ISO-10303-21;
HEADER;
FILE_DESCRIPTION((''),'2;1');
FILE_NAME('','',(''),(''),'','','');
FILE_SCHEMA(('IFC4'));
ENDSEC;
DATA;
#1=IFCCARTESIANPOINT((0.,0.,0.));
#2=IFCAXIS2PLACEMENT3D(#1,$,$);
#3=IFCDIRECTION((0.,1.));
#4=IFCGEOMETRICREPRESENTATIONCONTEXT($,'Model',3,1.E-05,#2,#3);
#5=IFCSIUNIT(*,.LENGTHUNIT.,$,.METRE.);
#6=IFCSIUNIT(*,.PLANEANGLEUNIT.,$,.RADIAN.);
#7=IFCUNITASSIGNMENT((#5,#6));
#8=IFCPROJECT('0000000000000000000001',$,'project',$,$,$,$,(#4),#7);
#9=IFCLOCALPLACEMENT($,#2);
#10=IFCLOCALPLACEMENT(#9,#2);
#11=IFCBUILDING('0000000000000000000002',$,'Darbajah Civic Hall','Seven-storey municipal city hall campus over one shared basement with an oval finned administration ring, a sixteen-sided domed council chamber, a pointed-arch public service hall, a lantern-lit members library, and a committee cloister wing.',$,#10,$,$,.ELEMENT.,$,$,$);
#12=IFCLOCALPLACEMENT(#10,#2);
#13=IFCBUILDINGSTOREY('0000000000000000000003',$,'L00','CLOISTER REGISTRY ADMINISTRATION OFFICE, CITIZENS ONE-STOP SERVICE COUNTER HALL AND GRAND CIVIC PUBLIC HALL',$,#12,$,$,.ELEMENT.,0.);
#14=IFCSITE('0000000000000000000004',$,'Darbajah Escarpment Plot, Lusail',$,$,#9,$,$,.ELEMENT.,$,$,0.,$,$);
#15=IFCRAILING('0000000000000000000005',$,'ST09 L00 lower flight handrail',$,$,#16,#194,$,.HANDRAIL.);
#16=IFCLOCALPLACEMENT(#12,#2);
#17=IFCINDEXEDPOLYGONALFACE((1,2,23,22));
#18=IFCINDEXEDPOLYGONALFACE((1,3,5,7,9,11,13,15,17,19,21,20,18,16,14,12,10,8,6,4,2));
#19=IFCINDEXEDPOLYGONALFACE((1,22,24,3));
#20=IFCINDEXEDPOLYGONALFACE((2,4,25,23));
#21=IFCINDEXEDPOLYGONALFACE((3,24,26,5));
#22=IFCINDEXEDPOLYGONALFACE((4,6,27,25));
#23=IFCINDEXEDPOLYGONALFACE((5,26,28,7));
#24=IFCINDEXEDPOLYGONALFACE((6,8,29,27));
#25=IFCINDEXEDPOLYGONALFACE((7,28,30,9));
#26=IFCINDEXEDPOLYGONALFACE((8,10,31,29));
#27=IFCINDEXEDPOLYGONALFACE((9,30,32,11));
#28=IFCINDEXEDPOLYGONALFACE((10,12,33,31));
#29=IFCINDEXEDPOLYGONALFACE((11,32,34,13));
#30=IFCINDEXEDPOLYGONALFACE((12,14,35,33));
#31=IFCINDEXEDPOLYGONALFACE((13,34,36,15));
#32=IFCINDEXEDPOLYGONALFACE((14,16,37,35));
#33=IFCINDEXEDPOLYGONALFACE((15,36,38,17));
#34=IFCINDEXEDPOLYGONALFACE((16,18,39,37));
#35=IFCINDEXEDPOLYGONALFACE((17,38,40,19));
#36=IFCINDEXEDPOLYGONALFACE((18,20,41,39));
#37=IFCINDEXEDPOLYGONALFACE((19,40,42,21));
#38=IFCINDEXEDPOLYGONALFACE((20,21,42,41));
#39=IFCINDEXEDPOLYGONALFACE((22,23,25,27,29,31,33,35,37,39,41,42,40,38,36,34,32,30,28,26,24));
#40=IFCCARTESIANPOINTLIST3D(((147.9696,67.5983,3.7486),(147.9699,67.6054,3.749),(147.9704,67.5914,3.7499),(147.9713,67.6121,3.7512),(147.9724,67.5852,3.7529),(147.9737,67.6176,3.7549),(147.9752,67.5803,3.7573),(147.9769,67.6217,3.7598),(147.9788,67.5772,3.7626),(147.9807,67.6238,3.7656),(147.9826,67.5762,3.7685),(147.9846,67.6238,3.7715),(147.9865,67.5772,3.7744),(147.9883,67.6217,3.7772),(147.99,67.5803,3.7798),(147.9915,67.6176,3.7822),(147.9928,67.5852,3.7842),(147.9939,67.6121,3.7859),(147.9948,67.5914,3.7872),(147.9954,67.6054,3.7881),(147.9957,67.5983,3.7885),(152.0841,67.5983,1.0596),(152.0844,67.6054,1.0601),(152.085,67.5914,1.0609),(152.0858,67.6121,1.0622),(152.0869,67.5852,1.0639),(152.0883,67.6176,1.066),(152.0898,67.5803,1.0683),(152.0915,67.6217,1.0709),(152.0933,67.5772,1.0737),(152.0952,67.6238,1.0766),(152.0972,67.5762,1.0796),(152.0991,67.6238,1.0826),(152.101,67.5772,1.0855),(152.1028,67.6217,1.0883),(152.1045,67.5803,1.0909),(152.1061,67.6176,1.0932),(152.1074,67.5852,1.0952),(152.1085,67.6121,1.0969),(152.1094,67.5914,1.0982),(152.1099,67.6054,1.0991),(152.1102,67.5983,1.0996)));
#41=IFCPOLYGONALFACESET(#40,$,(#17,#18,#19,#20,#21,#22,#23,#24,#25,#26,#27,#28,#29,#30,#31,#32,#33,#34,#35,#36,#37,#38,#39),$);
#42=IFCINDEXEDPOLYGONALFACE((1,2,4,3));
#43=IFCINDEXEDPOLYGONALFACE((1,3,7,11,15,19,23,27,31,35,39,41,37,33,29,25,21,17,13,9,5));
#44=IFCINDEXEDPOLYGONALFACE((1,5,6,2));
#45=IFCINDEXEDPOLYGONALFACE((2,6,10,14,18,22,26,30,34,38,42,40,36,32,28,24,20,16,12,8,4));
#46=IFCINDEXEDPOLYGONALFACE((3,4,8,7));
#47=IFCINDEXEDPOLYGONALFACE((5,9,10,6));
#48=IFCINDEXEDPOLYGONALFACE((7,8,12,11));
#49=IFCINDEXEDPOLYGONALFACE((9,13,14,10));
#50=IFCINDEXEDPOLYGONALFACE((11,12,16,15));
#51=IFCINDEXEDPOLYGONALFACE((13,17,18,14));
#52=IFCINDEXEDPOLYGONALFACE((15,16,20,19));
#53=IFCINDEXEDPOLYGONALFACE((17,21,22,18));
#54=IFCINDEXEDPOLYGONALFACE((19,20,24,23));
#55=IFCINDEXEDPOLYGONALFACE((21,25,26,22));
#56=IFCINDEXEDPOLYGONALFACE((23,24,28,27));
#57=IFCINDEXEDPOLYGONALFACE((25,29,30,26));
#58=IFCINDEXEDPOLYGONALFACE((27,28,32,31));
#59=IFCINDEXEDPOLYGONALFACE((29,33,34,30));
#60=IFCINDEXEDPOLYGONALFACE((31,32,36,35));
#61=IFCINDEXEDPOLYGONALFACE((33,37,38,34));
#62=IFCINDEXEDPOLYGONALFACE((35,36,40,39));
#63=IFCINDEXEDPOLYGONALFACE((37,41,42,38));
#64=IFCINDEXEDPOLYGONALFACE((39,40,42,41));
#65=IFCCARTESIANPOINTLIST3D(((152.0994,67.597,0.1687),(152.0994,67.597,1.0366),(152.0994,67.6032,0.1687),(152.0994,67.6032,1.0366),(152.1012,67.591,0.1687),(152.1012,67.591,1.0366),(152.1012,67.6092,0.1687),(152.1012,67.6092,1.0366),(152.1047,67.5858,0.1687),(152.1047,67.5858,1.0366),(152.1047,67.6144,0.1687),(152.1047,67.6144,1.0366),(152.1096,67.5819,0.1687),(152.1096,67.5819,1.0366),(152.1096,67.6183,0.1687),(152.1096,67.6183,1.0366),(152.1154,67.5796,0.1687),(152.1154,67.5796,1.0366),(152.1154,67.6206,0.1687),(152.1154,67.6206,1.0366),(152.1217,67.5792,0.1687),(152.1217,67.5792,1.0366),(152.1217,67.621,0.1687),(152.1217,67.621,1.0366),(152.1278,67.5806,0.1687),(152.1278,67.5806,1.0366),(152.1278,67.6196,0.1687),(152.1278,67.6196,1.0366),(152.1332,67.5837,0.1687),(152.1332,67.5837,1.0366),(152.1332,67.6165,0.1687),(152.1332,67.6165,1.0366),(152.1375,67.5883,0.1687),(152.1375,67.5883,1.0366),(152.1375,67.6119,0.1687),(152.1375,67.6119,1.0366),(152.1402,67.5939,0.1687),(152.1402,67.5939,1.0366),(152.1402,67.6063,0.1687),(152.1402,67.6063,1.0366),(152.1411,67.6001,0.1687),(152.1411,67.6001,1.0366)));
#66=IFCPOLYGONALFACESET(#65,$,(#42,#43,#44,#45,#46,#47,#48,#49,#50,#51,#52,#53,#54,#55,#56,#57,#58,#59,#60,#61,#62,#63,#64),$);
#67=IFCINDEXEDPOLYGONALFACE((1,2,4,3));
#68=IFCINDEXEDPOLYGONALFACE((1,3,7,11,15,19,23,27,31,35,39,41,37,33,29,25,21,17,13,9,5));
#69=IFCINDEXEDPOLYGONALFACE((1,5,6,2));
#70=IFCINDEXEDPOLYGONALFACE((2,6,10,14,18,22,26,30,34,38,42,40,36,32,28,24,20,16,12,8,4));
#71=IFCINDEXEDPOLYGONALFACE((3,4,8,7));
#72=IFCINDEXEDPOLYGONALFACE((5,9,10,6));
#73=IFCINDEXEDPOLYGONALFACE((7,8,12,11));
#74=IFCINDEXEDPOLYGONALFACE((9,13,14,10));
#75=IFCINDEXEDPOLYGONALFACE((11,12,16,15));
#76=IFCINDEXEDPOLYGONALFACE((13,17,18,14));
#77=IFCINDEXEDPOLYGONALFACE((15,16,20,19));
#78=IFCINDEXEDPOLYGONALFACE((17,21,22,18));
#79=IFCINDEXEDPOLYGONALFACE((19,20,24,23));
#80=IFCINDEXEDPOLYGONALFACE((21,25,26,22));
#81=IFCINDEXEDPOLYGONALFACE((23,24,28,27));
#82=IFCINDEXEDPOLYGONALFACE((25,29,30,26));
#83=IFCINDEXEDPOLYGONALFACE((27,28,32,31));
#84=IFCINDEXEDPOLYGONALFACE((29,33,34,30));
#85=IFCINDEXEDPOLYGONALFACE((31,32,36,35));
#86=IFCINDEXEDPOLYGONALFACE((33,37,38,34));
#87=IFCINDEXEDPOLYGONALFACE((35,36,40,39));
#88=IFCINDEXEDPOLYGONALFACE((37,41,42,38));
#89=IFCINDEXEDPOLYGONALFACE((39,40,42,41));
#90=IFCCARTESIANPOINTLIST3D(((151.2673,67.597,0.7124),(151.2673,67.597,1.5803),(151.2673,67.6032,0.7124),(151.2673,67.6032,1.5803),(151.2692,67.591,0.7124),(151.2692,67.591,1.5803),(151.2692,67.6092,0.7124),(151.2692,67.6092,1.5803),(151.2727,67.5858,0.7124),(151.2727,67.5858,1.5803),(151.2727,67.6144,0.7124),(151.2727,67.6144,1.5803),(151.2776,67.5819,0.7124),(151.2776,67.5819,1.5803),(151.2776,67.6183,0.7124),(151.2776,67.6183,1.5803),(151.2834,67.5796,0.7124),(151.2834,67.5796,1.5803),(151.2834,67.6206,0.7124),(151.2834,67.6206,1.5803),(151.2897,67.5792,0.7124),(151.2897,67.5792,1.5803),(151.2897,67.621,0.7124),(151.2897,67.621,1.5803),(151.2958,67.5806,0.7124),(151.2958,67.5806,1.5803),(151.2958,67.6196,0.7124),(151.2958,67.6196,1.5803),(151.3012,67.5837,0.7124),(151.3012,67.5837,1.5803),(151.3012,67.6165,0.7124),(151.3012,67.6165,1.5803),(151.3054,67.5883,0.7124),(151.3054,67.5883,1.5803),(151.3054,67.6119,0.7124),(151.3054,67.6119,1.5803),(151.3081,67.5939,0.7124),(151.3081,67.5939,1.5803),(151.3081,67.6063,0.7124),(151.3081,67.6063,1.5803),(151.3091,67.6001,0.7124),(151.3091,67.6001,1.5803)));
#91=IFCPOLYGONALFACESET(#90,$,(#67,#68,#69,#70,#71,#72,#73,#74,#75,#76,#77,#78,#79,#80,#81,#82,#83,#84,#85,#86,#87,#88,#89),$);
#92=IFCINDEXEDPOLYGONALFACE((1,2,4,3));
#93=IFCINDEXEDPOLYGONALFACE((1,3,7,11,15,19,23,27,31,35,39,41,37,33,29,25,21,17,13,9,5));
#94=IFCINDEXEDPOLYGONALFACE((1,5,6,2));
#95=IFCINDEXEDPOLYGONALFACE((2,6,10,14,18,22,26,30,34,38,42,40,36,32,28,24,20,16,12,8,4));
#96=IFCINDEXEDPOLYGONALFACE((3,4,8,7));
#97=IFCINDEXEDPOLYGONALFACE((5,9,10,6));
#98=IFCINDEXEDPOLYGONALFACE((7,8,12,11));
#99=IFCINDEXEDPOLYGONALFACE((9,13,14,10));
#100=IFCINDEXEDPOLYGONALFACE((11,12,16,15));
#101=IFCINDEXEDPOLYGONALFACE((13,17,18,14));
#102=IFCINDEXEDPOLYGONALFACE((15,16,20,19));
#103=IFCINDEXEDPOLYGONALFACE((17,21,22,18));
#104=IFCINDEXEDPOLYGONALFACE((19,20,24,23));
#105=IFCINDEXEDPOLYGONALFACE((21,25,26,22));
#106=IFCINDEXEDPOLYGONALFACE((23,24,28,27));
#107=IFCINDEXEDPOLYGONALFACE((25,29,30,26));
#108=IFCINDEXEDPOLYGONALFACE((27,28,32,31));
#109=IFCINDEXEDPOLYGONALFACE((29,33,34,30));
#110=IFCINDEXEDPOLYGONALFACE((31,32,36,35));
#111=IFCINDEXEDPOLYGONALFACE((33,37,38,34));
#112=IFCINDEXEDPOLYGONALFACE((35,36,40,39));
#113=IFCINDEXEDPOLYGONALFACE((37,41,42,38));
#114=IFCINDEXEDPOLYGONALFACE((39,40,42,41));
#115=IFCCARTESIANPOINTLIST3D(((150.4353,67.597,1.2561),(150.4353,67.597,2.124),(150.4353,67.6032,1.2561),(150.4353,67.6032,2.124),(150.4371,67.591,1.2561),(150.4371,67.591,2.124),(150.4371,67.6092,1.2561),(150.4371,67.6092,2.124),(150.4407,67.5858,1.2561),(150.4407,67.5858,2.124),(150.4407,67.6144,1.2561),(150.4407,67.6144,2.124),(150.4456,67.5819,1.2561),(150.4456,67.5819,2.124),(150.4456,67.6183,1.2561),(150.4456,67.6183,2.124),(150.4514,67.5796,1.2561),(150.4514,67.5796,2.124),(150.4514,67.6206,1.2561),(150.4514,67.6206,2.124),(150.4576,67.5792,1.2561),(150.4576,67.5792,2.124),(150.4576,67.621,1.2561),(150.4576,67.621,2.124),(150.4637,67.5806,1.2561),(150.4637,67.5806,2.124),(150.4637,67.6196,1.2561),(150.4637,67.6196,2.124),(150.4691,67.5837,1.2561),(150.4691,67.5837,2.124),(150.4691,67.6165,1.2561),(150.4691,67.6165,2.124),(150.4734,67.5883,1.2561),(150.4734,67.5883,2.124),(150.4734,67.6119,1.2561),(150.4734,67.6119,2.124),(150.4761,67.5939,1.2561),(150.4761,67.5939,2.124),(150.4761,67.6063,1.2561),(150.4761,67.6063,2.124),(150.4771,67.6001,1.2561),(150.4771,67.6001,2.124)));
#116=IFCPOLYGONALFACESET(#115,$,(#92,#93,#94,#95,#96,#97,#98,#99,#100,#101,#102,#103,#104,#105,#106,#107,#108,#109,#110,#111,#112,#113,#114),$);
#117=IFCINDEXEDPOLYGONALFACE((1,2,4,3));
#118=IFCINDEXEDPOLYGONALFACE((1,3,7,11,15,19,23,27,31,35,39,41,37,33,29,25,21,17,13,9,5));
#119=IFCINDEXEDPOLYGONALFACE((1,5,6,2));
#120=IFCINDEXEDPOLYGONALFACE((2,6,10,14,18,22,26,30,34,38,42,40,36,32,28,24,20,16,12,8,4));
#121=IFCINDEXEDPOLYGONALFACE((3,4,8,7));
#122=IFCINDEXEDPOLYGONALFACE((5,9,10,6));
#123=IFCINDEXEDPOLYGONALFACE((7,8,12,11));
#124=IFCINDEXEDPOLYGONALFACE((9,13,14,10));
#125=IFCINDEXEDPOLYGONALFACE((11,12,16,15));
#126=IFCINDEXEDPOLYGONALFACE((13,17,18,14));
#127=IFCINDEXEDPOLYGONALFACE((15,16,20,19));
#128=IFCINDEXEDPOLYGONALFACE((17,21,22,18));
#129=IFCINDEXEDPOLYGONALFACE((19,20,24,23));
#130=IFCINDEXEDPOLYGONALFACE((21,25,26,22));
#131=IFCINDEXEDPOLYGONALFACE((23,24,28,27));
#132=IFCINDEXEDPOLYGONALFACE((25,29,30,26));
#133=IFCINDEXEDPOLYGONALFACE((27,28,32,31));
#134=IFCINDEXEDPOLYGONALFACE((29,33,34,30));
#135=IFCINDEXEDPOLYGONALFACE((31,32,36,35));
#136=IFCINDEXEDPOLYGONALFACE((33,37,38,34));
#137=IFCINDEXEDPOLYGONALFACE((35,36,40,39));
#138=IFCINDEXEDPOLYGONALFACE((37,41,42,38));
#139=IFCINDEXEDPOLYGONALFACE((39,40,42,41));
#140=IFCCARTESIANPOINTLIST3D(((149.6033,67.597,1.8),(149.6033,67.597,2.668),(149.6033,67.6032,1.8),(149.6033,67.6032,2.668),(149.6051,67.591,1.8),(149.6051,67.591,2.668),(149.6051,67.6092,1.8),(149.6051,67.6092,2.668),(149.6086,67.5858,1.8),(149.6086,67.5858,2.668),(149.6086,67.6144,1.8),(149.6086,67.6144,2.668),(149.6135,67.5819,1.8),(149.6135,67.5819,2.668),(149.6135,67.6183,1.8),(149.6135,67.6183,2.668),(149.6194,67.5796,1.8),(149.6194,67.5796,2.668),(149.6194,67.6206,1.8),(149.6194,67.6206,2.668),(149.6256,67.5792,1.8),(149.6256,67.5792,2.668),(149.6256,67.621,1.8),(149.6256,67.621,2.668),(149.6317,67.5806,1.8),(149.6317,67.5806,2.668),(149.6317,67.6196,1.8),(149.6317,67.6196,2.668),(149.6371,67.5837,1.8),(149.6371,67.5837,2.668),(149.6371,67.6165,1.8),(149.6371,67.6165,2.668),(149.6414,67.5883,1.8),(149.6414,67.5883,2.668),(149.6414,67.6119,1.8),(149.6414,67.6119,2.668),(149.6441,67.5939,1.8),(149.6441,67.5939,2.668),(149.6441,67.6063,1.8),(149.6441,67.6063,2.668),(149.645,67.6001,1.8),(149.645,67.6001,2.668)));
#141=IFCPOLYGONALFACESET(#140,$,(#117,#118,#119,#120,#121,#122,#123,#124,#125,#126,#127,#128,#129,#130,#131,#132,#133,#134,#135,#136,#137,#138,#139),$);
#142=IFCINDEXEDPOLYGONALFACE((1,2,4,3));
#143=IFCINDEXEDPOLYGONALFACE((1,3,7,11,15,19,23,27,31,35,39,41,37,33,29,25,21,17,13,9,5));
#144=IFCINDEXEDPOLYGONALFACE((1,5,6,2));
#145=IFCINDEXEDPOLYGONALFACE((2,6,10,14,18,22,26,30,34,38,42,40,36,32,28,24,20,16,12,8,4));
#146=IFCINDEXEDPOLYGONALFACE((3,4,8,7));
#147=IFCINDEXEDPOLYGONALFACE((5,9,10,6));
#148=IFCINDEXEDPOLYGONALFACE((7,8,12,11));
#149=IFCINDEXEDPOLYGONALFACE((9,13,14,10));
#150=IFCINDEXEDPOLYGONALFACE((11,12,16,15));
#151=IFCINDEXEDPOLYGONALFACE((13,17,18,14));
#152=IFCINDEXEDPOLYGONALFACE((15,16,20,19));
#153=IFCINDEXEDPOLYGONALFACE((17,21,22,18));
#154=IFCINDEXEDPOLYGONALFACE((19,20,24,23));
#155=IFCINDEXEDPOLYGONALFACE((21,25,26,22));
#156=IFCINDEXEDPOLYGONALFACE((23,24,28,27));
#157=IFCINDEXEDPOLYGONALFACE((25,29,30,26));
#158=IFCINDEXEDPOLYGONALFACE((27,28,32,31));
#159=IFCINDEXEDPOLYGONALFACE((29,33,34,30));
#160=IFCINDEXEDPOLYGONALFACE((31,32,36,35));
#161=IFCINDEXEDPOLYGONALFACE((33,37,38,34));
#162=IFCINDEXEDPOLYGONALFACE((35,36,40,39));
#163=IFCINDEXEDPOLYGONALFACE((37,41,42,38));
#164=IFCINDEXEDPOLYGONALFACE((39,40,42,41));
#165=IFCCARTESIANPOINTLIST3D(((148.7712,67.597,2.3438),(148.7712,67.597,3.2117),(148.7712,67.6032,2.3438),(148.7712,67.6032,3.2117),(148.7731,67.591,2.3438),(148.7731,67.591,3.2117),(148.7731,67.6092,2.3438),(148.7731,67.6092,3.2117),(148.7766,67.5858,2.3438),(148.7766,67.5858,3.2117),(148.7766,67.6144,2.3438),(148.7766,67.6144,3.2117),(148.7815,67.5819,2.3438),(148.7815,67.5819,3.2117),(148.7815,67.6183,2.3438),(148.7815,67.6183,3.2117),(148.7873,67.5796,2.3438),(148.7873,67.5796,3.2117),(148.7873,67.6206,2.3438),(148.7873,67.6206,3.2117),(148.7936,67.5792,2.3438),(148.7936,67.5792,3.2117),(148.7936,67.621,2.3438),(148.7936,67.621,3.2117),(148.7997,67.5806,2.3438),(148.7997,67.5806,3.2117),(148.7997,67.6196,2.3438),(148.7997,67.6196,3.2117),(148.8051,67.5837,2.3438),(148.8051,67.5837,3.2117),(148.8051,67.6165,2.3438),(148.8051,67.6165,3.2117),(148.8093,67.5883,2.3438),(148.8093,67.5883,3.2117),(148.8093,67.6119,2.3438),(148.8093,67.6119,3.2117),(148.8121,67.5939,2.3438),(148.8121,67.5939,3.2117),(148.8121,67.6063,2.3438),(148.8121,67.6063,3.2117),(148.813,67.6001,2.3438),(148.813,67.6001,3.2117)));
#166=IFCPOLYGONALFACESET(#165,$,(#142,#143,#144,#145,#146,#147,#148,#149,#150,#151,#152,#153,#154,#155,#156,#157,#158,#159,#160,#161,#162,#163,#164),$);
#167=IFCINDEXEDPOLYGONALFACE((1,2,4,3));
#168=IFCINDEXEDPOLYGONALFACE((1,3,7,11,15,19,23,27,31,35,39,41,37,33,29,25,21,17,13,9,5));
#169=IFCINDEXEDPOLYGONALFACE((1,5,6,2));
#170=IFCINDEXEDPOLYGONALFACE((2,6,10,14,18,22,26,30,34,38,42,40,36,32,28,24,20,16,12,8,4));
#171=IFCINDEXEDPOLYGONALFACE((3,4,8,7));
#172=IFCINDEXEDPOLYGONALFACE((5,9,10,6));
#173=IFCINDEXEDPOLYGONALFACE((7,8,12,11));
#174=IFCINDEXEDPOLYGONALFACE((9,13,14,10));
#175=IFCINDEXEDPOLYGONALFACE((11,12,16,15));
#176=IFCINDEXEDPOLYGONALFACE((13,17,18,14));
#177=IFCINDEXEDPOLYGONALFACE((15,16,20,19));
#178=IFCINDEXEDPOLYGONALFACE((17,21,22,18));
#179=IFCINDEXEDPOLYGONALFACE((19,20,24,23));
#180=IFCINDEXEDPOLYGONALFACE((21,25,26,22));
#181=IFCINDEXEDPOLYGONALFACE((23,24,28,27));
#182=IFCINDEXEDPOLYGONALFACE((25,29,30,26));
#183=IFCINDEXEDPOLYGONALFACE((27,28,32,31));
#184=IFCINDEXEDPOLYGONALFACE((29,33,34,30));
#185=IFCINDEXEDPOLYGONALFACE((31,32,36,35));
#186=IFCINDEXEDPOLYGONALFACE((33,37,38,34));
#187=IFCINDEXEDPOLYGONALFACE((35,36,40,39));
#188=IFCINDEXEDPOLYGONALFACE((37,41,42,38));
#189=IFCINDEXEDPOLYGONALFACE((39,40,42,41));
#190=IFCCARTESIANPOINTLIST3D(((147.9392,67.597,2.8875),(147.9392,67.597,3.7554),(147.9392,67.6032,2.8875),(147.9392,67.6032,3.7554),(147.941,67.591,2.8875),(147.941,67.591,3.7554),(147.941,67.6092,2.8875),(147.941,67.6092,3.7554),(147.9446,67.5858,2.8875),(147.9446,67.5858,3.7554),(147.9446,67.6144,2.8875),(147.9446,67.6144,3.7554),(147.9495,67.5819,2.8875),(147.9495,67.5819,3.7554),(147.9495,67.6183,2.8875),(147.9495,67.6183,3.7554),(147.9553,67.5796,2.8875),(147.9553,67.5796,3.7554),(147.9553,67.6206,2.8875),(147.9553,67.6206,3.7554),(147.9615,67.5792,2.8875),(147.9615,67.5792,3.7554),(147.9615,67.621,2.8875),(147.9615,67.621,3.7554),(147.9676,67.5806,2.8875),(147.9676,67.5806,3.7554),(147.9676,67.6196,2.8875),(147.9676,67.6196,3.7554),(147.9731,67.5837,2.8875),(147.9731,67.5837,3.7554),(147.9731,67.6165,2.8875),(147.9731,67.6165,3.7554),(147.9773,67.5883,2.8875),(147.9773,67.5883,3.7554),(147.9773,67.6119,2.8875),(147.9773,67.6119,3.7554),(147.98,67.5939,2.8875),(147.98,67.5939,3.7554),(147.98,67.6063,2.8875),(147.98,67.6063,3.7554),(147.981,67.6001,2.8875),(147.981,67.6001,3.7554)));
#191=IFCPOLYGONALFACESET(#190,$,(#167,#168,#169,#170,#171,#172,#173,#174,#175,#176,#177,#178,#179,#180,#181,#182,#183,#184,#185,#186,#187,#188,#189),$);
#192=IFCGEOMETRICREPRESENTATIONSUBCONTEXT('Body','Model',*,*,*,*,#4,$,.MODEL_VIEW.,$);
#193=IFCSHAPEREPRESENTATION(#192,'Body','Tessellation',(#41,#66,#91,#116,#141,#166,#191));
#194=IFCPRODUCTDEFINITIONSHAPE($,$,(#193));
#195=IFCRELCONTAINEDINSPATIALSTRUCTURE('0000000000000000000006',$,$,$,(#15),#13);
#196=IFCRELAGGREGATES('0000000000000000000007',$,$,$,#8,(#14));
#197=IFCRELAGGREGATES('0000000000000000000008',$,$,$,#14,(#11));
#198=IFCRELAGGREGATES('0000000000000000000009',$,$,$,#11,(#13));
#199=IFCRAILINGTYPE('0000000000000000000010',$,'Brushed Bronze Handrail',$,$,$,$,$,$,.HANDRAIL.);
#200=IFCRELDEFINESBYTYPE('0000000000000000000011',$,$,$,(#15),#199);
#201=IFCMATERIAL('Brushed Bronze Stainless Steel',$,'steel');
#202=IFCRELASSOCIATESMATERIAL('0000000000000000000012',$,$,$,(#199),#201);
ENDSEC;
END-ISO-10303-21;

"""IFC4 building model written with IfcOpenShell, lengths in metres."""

from ifc_helpers import new_model, si_unit, direction, frame, origin, origin_2d, place, context, subcontext, project, spatial, circle, extrude, material, type_object, element, save


model = new_model("IFC4")

# Units and contexts
model_context = context("Model", 3, precision=1e-05, world=origin(), true_north=direction((0.0, 1.0)))
body_context = subcontext(model_context, "Body", "Model", "MODEL_VIEW")
ifc_project = project(units=[si_unit("LENGTHUNIT", "METRE"), si_unit("PLANEANGLEUNIT", "RADIAN")], contexts=[model_context])

# Site, building, storey
site_placement = place(None, origin())
site = spatial("IfcSite", under=ifc_project, at=site_placement, Name="Darbajah Escarpment Plot, Lusail", CompositionType="ELEMENT", RefElevation=0.0)
building_placement = place(site_placement, origin())
building = spatial("IfcBuilding", under=site, at=building_placement, Name="Darbajah Civic Hall", Description="Seven-storey municipal city hall campus over one shared basement with an oval finned administration ring, a sixteen-sided domed council chamber, a pointed-arch public service hall, a lantern-lit members library, and a committee cloister wing.", CompositionType="ELEMENT")
storey_placement = place(building_placement, origin())
storey = spatial("IfcBuildingStorey", under=building, at=storey_placement, Name="L00", Description="CLOISTER REGISTRY ADMINISTRATION OFFICE, CITIZENS ONE-STOP SERVICE COUNTER HALL AND GRAND CIVIC PUBLIC HALL", CompositionType="ELEMENT", Elevation=0.0)

# Railing
ifc_material_1 = material(Name="Brushed Bronze Stainless Steel", Category="steel")
railing_type_1 = type_object("IfcRailingType", Name="Brushed Bronze Handrail", PredefinedType="HANDRAIL", material=ifc_material_1)
railing_1_placement = place(storey_placement, frame((152.1201, 67.6001, 0.1687)))
element("IfcRailing", 1, at=railing_1_placement, inside=storey, type_object=railing_type_1, Name="ST09 L00 lower flight handrail", PredefinedType="HANDRAIL", context=body_context, shape_type="SweptSolid", body=[
    extrude(circle(Radius=0.0239, at=origin_2d()), frame((-0.0229, 0.0, 0.9109), z_axis=(-0.837094, 0.0, 0.547059), x_axis=(0.0, -1.0, 0.0)), (0.0, 0.0, 1.0), 4.9153),
    extrude(circle(Radius=0.021, at=origin_2d()), origin(), (0.0, 0.0, 1.0), 0.8679),
    extrude(circle(Radius=0.021, at=origin_2d()), frame((-0.832, 0.0, 0.5437)), (0.0, 0.0, 1.0), 0.8679),
    extrude(circle(Radius=0.021, at=origin_2d()), frame((-1.6641, 0.0, 1.0874)), (0.0, 0.0, 1.0), 0.8679),
    extrude(circle(Radius=0.021, at=origin_2d()), frame((-2.4961, 0.0, 1.6313)), (0.0, 0.0, 1.0), 0.8679),
    extrude(circle(Radius=0.021, at=origin_2d()), frame((-3.3281, 0.0, 2.175)), (0.0, 0.0, 1.0), 0.8679),
    extrude(circle(Radius=0.021, at=origin_2d()), frame((-4.1602, 0.0, 2.7188)), (0.0, 0.0, 1.0), 0.8679),
])

save(model, "model.ifc")
